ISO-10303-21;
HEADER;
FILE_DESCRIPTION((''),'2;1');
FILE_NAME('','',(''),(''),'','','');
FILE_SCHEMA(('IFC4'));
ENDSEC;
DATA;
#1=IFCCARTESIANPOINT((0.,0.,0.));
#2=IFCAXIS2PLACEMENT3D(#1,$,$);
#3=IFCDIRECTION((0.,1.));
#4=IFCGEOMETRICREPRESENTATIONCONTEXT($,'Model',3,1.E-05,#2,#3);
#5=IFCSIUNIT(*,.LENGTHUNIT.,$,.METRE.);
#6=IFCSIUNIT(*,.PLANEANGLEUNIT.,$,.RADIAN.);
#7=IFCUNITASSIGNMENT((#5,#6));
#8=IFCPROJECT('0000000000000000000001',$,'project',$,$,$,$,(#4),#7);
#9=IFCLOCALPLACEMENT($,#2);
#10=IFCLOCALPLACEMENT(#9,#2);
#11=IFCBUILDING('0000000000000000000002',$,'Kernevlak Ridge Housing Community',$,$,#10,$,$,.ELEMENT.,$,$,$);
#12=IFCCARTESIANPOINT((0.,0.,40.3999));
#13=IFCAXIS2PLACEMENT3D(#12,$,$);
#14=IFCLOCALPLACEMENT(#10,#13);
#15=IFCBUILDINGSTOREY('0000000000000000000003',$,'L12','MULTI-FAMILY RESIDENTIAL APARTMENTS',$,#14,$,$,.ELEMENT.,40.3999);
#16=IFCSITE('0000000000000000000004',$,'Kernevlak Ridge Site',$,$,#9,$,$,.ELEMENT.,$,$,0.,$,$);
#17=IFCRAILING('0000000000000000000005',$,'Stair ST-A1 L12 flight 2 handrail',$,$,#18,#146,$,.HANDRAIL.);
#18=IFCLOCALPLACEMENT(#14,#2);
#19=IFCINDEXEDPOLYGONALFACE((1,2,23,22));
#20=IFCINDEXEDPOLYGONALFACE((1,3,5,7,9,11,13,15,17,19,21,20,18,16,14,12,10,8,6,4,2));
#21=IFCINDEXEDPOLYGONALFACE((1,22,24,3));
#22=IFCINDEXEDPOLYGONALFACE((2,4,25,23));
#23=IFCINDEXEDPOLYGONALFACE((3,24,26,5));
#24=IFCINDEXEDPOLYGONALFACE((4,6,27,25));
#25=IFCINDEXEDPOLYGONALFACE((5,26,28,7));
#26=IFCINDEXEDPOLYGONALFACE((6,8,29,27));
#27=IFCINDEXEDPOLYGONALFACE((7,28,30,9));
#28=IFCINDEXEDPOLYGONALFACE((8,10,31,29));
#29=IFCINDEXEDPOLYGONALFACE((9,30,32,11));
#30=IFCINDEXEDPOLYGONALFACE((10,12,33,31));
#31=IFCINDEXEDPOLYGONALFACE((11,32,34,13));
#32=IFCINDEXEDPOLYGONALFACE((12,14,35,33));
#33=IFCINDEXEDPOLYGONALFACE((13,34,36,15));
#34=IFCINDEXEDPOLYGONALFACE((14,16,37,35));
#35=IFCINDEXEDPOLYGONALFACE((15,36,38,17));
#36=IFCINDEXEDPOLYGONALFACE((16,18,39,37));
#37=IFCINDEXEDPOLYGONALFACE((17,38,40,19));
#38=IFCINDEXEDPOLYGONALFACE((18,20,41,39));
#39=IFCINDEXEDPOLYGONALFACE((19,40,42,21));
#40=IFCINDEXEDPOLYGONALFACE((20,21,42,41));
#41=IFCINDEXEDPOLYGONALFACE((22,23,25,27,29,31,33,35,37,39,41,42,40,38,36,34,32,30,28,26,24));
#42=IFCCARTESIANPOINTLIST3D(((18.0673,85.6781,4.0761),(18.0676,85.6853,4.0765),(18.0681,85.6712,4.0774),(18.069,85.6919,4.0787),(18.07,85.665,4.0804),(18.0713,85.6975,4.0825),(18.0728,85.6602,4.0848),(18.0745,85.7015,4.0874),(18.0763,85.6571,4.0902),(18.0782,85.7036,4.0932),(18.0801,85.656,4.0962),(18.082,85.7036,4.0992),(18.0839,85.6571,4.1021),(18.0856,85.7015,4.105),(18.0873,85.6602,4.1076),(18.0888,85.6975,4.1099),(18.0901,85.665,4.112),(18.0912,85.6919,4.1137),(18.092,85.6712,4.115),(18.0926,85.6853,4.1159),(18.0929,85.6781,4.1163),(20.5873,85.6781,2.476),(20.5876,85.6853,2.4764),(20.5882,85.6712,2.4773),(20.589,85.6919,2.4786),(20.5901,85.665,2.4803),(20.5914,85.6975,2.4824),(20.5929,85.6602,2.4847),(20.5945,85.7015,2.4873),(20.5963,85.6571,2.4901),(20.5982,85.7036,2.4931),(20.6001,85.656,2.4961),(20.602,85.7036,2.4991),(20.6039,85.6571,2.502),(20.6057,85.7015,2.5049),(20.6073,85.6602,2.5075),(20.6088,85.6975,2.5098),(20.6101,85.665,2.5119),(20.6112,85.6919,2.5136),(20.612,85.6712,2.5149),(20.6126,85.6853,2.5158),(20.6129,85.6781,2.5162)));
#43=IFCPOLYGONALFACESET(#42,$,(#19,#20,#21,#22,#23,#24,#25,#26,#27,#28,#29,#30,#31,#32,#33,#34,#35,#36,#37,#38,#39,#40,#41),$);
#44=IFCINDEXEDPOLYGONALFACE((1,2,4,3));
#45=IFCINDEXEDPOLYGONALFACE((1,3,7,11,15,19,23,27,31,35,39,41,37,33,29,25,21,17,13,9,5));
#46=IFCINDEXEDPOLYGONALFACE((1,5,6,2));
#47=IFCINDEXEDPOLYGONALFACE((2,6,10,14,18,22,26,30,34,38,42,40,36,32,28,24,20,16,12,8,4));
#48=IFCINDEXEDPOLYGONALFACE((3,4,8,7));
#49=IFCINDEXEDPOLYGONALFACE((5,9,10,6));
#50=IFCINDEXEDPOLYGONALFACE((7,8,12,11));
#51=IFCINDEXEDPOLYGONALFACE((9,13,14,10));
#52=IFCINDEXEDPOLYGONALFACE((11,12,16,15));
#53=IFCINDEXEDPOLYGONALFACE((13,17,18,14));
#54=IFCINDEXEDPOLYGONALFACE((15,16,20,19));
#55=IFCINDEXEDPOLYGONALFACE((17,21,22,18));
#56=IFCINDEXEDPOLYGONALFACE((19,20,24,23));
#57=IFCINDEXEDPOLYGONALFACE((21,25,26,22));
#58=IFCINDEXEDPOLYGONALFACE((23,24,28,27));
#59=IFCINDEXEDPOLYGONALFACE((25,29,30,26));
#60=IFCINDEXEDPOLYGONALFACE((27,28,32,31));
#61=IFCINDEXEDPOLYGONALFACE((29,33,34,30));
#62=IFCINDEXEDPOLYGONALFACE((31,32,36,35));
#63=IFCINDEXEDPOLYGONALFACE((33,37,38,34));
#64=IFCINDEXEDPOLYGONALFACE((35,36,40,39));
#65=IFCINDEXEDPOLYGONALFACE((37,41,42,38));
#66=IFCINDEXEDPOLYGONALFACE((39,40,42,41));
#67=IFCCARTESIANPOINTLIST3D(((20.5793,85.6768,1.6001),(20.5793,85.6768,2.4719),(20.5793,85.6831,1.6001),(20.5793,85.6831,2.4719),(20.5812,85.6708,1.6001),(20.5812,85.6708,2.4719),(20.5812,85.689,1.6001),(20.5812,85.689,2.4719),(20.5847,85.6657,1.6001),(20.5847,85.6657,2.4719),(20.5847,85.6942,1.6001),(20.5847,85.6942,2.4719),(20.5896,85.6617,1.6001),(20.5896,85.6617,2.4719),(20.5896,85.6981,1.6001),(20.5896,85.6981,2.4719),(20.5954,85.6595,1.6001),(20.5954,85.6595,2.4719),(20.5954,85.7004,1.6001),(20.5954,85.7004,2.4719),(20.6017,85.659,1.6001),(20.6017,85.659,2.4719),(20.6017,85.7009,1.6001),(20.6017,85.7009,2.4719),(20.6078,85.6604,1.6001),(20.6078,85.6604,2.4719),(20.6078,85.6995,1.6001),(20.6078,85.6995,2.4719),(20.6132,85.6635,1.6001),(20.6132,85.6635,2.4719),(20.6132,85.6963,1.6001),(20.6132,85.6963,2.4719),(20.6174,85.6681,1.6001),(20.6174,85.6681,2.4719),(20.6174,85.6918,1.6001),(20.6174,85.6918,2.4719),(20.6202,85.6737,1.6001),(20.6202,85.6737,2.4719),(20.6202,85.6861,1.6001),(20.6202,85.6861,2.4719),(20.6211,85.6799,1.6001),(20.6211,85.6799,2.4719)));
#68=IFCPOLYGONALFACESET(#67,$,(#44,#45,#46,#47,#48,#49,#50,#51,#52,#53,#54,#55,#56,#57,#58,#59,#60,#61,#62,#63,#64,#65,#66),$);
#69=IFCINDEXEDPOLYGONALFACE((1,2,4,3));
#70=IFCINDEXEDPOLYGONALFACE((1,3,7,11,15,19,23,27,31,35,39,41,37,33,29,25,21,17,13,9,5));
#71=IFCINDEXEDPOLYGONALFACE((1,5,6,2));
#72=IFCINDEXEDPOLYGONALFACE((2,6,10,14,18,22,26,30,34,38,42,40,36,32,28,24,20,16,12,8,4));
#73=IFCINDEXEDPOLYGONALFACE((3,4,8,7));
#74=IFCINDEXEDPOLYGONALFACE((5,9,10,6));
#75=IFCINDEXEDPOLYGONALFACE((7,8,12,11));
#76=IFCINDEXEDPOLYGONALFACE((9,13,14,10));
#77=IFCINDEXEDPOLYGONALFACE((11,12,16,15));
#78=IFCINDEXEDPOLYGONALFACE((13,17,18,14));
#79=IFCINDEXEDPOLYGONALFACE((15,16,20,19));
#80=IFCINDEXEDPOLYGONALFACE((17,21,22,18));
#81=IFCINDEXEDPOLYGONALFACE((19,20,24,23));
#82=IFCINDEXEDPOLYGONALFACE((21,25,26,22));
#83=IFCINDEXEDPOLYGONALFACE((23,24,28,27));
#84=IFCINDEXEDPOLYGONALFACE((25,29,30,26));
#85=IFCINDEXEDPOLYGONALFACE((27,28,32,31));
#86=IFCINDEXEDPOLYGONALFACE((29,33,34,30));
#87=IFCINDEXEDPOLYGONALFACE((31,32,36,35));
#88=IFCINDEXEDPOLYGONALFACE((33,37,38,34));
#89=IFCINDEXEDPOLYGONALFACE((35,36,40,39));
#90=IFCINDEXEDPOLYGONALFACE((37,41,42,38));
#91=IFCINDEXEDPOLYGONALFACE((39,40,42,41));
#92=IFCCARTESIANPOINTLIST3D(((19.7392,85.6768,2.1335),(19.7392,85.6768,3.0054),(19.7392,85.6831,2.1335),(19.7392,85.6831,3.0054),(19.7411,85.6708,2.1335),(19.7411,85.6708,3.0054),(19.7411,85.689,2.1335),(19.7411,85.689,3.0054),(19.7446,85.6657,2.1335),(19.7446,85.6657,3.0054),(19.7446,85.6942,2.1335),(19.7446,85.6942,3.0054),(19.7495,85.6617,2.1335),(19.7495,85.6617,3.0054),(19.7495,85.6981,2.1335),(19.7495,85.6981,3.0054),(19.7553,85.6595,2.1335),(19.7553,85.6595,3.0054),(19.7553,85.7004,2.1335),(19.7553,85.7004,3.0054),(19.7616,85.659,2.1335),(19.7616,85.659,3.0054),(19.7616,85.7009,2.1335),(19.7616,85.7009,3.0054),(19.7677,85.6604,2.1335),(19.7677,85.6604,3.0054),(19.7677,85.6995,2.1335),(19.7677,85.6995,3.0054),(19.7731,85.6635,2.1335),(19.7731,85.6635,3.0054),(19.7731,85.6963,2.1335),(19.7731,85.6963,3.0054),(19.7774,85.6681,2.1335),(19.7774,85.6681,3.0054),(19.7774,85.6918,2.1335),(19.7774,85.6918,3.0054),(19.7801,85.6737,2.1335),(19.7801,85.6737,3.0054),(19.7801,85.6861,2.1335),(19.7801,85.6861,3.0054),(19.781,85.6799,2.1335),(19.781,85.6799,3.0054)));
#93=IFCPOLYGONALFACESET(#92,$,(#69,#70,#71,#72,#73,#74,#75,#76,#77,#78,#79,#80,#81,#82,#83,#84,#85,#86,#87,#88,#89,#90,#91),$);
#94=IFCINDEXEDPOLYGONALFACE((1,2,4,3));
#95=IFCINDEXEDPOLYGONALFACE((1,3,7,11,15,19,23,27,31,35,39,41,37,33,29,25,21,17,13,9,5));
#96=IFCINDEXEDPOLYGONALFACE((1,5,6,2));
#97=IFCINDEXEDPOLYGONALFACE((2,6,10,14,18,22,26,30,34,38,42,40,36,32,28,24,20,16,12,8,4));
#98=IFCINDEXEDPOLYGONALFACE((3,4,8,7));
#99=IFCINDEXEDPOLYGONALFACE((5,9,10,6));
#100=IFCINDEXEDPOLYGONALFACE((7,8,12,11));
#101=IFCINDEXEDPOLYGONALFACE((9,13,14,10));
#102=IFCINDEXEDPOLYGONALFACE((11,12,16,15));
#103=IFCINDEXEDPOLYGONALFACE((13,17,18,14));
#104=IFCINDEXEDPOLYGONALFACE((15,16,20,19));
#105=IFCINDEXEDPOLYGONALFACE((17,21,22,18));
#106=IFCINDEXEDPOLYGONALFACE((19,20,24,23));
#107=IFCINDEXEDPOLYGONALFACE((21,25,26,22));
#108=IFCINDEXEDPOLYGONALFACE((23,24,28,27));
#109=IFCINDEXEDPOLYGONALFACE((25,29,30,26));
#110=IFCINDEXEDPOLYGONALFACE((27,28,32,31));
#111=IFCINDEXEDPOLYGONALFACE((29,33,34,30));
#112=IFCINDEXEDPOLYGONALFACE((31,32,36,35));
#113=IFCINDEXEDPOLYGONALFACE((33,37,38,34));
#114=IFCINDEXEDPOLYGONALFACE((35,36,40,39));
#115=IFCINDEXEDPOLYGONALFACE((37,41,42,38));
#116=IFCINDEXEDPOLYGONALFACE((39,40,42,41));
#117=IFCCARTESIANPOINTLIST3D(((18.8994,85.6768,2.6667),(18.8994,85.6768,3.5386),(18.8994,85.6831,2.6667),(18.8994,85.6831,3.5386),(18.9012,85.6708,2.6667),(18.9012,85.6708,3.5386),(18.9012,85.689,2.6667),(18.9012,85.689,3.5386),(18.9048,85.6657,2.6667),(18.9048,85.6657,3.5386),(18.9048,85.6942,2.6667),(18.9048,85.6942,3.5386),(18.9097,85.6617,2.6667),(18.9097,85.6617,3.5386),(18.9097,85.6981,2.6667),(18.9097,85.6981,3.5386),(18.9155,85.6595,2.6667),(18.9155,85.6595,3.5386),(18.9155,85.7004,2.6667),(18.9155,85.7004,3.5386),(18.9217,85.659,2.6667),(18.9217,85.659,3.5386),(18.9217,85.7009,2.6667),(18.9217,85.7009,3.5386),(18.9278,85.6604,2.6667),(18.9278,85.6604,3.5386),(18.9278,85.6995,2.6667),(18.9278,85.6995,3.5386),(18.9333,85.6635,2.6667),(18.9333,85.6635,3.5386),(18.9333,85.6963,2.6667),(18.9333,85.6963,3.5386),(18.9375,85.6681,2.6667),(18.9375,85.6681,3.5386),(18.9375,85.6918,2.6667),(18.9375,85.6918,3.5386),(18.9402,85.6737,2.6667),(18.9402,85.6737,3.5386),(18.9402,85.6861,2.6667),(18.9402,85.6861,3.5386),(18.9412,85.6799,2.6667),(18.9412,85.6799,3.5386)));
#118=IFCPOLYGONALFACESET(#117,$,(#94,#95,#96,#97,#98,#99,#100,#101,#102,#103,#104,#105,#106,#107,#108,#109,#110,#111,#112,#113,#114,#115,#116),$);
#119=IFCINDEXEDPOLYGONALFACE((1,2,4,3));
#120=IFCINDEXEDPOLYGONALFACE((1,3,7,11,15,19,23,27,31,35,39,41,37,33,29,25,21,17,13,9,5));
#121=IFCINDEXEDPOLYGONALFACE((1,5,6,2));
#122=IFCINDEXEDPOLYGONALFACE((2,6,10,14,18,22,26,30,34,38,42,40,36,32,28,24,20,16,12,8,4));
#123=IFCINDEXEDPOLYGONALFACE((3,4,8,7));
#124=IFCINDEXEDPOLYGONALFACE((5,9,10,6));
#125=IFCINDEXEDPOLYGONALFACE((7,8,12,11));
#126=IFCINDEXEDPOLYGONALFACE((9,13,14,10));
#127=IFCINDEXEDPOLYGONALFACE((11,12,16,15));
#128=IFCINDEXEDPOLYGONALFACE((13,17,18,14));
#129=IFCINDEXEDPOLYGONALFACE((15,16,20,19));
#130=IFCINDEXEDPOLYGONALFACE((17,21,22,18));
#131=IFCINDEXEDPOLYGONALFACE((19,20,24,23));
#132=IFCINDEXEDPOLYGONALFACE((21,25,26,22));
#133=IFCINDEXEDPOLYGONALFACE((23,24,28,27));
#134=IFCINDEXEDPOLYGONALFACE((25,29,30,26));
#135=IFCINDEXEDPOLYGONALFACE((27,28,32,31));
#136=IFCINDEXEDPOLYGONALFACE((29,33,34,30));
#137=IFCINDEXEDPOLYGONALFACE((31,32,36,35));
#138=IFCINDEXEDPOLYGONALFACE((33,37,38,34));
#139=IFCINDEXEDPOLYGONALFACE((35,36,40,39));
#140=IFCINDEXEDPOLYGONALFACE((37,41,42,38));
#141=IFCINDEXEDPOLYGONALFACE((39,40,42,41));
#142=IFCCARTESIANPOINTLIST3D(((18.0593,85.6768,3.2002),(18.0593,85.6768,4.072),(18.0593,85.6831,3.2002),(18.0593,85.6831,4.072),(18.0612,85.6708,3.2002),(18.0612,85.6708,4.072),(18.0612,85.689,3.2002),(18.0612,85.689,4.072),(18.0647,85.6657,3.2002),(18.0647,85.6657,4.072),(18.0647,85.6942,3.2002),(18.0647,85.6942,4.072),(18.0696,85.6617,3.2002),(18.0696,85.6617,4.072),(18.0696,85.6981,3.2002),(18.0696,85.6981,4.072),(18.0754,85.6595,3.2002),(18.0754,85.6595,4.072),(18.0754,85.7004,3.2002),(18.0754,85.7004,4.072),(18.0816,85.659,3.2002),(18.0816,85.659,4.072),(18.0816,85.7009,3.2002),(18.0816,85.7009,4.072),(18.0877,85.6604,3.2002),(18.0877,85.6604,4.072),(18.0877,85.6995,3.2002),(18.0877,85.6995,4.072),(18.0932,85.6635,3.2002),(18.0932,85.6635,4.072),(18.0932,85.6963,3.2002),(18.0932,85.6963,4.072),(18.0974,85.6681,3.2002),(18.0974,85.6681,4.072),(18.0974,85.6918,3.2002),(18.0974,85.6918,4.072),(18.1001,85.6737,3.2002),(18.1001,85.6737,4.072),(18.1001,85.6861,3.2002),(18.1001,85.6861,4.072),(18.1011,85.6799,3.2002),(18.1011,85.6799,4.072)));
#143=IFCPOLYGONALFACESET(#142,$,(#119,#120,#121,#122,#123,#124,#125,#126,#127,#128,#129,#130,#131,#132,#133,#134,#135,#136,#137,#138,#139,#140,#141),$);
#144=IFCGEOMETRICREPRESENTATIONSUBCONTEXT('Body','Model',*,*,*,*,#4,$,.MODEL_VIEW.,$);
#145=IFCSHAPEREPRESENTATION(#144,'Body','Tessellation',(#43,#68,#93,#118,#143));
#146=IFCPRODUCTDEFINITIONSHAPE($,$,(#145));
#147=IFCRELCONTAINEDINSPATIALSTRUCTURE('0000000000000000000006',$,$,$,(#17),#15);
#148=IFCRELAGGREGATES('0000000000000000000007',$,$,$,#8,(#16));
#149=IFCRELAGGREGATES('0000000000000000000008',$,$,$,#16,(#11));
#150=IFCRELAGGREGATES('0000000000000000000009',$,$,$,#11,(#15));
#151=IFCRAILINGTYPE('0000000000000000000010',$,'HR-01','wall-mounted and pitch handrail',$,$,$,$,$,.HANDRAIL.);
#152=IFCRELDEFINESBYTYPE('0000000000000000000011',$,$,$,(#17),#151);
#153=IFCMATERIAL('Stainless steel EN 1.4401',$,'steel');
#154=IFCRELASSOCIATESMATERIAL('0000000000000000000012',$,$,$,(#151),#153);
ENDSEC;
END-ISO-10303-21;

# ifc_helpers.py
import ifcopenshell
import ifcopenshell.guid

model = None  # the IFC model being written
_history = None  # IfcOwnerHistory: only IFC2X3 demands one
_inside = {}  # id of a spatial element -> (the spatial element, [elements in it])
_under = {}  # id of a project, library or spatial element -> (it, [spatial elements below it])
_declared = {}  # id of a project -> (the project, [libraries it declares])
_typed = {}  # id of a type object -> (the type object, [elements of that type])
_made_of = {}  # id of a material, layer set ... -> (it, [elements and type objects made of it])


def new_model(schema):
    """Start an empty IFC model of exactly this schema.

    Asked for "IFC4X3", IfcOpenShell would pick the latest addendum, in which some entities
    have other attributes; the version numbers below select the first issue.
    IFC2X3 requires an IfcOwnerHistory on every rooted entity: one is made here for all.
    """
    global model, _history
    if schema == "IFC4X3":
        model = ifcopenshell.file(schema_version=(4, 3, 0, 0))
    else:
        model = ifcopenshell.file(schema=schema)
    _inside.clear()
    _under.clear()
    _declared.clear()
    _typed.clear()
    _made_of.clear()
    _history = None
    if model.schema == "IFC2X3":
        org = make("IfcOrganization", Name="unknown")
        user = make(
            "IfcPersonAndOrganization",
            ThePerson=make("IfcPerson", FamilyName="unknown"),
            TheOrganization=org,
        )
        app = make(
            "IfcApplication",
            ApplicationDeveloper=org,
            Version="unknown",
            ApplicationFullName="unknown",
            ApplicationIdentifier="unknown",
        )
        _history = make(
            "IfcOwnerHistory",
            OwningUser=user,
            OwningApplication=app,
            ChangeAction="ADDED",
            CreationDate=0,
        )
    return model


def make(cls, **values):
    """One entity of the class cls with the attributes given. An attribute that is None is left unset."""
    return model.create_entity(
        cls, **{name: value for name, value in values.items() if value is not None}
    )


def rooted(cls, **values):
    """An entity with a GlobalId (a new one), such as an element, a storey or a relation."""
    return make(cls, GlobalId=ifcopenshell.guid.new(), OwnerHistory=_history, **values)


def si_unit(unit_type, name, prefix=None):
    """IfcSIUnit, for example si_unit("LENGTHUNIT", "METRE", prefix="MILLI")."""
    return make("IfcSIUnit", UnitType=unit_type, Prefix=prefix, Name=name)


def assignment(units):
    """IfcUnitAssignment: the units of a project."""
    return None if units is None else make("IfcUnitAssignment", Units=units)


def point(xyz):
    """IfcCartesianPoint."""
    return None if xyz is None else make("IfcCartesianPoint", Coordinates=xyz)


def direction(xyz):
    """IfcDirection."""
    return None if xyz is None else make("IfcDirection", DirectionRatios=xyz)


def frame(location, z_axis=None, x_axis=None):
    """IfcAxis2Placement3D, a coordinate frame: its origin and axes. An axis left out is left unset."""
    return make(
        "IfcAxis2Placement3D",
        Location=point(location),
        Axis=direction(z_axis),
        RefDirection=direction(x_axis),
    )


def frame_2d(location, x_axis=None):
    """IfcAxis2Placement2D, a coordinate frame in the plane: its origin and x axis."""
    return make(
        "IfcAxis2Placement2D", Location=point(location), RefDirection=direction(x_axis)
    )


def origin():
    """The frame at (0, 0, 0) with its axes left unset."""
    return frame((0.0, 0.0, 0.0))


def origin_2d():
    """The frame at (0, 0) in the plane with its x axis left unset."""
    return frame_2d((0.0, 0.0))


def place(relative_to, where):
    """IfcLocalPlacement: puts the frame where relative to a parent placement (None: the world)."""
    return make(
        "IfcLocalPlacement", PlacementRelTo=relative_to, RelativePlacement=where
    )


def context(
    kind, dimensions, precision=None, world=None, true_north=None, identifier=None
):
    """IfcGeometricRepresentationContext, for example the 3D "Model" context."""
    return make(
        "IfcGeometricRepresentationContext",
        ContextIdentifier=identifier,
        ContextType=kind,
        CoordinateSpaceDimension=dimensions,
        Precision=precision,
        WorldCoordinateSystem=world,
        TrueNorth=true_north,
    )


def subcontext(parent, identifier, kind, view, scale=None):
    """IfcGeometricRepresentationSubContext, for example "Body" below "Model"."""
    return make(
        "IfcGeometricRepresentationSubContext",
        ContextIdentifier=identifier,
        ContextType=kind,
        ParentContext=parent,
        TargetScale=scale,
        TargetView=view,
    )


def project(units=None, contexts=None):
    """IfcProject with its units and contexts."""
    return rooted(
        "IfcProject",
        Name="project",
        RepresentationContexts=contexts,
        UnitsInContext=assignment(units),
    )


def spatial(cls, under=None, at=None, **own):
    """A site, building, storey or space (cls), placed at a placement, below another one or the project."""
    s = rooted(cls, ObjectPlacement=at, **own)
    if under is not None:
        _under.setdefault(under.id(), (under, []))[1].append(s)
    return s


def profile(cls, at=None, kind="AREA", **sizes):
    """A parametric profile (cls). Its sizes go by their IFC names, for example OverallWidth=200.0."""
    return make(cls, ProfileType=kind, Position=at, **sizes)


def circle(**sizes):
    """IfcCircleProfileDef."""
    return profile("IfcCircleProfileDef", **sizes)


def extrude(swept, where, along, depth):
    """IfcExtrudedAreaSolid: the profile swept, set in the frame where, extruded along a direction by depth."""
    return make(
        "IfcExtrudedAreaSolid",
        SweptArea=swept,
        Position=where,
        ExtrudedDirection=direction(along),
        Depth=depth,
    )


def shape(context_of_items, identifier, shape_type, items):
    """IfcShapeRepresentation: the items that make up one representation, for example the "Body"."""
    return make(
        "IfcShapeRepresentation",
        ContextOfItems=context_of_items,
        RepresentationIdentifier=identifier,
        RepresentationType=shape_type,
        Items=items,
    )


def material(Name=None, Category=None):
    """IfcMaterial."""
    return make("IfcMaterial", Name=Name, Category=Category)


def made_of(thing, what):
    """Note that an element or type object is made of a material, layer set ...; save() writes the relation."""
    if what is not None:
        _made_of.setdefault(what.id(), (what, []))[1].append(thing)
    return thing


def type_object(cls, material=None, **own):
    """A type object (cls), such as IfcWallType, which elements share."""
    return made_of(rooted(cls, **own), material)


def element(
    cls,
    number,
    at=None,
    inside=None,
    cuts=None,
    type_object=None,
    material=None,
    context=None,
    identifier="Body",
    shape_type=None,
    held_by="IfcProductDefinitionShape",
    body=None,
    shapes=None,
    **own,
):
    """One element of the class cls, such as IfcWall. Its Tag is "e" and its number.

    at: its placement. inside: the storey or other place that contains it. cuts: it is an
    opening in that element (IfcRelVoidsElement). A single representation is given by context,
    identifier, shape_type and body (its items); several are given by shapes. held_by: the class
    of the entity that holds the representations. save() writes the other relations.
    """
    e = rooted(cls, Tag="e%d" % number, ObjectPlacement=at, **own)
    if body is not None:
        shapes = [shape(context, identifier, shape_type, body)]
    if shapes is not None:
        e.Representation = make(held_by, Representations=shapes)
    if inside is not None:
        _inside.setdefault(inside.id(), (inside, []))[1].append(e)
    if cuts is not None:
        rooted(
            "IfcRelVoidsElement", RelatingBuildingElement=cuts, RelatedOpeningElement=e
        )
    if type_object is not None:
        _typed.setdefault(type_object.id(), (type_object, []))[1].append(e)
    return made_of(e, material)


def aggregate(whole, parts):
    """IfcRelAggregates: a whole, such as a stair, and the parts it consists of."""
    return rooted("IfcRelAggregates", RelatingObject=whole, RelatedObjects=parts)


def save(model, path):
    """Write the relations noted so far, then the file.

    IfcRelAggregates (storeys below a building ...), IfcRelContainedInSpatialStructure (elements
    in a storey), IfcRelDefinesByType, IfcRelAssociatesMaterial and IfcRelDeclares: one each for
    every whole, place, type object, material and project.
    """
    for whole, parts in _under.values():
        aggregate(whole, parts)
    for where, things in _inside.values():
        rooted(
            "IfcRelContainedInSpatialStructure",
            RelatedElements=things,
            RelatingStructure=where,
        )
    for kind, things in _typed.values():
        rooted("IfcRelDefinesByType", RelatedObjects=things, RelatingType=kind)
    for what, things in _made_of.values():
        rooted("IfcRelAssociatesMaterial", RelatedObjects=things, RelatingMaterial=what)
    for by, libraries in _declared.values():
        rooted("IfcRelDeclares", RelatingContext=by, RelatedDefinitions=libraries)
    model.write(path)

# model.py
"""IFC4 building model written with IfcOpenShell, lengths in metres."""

from ifc_helpers import new_model, si_unit, direction, frame, origin, origin_2d, place, context, subcontext, project, spatial, circle, extrude, material, type_object, element, save


model = new_model("IFC4")

# Units and contexts
model_context = context("Model", 3, precision=1e-05, world=origin(), true_north=direction((0.0, 1.0)))
body_context = subcontext(model_context, "Body", "Model", "MODEL_VIEW")
ifc_project = project(units=[si_unit("LENGTHUNIT", "METRE"), si_unit("PLANEANGLEUNIT", "RADIAN")], contexts=[model_context])

# Site, building, storey
site_placement = place(None, origin())
site = spatial("IfcSite", under=ifc_project, at=site_placement, Name="Kernevlak Ridge Site", CompositionType="ELEMENT", RefElevation=0.0)
building_placement = place(site_placement, origin())
building = spatial("IfcBuilding", under=site, at=building_placement, Name="Kernevlak Ridge Housing Community", CompositionType="ELEMENT")
storey_placement = place(building_placement, frame((0.0, 0.0, 40.3999)))
storey = spatial("IfcBuildingStorey", under=building, at=storey_placement, Name="L12", Description="MULTI-FAMILY RESIDENTIAL APARTMENTS", CompositionType="ELEMENT", Elevation=40.3999)

# Railing
ifc_material_1 = material(Name="Stainless steel EN 1.4401", Category="steel")
railing_type = type_object("IfcRailingType", Name="HR-01", Description="wall-mounted and pitch handrail", PredefinedType="HANDRAIL", material=ifc_material_1)
railing_placement = place(storey_placement, frame((20.6001, 85.6799, 1.6001)))
element("IfcRailing", 1, at=railing_placement, inside=storey, type_object=railing_type, Name="Stair ST-A1 L12 flight 2 handrail", PredefinedType="HANDRAIL", context=body_context, shape_type="SweptSolid", body=[
    extrude(circle(Radius=0.0239, at=origin_2d()), frame((0.0, 0.0, 0.896), z_axis=(-0.8442, 0.0, 0.536028), x_axis=(0.0, -1.0, 0.0)), (0.0, 0.0, 1.0), 2.9851),
    extrude(circle(Radius=0.021, at=origin_2d()), origin(), (0.0, 0.0, 1.0), 0.8718),
    extrude(circle(Radius=0.021, at=origin_2d()), frame((-0.8401, 0.0, 0.5334)), (0.0, 0.0, 1.0), 0.8718),
    extrude(circle(Radius=0.021, at=origin_2d()), frame((-1.6799, 0.0, 1.0667)), (0.0, 0.0, 1.0), 0.8718),
    extrude(circle(Radius=0.021, at=origin_2d()), frame((-2.52, 0.0, 1.6001)), (0.0, 0.0, 1.0), 0.8718),
])

save(model, "model.ifc")
